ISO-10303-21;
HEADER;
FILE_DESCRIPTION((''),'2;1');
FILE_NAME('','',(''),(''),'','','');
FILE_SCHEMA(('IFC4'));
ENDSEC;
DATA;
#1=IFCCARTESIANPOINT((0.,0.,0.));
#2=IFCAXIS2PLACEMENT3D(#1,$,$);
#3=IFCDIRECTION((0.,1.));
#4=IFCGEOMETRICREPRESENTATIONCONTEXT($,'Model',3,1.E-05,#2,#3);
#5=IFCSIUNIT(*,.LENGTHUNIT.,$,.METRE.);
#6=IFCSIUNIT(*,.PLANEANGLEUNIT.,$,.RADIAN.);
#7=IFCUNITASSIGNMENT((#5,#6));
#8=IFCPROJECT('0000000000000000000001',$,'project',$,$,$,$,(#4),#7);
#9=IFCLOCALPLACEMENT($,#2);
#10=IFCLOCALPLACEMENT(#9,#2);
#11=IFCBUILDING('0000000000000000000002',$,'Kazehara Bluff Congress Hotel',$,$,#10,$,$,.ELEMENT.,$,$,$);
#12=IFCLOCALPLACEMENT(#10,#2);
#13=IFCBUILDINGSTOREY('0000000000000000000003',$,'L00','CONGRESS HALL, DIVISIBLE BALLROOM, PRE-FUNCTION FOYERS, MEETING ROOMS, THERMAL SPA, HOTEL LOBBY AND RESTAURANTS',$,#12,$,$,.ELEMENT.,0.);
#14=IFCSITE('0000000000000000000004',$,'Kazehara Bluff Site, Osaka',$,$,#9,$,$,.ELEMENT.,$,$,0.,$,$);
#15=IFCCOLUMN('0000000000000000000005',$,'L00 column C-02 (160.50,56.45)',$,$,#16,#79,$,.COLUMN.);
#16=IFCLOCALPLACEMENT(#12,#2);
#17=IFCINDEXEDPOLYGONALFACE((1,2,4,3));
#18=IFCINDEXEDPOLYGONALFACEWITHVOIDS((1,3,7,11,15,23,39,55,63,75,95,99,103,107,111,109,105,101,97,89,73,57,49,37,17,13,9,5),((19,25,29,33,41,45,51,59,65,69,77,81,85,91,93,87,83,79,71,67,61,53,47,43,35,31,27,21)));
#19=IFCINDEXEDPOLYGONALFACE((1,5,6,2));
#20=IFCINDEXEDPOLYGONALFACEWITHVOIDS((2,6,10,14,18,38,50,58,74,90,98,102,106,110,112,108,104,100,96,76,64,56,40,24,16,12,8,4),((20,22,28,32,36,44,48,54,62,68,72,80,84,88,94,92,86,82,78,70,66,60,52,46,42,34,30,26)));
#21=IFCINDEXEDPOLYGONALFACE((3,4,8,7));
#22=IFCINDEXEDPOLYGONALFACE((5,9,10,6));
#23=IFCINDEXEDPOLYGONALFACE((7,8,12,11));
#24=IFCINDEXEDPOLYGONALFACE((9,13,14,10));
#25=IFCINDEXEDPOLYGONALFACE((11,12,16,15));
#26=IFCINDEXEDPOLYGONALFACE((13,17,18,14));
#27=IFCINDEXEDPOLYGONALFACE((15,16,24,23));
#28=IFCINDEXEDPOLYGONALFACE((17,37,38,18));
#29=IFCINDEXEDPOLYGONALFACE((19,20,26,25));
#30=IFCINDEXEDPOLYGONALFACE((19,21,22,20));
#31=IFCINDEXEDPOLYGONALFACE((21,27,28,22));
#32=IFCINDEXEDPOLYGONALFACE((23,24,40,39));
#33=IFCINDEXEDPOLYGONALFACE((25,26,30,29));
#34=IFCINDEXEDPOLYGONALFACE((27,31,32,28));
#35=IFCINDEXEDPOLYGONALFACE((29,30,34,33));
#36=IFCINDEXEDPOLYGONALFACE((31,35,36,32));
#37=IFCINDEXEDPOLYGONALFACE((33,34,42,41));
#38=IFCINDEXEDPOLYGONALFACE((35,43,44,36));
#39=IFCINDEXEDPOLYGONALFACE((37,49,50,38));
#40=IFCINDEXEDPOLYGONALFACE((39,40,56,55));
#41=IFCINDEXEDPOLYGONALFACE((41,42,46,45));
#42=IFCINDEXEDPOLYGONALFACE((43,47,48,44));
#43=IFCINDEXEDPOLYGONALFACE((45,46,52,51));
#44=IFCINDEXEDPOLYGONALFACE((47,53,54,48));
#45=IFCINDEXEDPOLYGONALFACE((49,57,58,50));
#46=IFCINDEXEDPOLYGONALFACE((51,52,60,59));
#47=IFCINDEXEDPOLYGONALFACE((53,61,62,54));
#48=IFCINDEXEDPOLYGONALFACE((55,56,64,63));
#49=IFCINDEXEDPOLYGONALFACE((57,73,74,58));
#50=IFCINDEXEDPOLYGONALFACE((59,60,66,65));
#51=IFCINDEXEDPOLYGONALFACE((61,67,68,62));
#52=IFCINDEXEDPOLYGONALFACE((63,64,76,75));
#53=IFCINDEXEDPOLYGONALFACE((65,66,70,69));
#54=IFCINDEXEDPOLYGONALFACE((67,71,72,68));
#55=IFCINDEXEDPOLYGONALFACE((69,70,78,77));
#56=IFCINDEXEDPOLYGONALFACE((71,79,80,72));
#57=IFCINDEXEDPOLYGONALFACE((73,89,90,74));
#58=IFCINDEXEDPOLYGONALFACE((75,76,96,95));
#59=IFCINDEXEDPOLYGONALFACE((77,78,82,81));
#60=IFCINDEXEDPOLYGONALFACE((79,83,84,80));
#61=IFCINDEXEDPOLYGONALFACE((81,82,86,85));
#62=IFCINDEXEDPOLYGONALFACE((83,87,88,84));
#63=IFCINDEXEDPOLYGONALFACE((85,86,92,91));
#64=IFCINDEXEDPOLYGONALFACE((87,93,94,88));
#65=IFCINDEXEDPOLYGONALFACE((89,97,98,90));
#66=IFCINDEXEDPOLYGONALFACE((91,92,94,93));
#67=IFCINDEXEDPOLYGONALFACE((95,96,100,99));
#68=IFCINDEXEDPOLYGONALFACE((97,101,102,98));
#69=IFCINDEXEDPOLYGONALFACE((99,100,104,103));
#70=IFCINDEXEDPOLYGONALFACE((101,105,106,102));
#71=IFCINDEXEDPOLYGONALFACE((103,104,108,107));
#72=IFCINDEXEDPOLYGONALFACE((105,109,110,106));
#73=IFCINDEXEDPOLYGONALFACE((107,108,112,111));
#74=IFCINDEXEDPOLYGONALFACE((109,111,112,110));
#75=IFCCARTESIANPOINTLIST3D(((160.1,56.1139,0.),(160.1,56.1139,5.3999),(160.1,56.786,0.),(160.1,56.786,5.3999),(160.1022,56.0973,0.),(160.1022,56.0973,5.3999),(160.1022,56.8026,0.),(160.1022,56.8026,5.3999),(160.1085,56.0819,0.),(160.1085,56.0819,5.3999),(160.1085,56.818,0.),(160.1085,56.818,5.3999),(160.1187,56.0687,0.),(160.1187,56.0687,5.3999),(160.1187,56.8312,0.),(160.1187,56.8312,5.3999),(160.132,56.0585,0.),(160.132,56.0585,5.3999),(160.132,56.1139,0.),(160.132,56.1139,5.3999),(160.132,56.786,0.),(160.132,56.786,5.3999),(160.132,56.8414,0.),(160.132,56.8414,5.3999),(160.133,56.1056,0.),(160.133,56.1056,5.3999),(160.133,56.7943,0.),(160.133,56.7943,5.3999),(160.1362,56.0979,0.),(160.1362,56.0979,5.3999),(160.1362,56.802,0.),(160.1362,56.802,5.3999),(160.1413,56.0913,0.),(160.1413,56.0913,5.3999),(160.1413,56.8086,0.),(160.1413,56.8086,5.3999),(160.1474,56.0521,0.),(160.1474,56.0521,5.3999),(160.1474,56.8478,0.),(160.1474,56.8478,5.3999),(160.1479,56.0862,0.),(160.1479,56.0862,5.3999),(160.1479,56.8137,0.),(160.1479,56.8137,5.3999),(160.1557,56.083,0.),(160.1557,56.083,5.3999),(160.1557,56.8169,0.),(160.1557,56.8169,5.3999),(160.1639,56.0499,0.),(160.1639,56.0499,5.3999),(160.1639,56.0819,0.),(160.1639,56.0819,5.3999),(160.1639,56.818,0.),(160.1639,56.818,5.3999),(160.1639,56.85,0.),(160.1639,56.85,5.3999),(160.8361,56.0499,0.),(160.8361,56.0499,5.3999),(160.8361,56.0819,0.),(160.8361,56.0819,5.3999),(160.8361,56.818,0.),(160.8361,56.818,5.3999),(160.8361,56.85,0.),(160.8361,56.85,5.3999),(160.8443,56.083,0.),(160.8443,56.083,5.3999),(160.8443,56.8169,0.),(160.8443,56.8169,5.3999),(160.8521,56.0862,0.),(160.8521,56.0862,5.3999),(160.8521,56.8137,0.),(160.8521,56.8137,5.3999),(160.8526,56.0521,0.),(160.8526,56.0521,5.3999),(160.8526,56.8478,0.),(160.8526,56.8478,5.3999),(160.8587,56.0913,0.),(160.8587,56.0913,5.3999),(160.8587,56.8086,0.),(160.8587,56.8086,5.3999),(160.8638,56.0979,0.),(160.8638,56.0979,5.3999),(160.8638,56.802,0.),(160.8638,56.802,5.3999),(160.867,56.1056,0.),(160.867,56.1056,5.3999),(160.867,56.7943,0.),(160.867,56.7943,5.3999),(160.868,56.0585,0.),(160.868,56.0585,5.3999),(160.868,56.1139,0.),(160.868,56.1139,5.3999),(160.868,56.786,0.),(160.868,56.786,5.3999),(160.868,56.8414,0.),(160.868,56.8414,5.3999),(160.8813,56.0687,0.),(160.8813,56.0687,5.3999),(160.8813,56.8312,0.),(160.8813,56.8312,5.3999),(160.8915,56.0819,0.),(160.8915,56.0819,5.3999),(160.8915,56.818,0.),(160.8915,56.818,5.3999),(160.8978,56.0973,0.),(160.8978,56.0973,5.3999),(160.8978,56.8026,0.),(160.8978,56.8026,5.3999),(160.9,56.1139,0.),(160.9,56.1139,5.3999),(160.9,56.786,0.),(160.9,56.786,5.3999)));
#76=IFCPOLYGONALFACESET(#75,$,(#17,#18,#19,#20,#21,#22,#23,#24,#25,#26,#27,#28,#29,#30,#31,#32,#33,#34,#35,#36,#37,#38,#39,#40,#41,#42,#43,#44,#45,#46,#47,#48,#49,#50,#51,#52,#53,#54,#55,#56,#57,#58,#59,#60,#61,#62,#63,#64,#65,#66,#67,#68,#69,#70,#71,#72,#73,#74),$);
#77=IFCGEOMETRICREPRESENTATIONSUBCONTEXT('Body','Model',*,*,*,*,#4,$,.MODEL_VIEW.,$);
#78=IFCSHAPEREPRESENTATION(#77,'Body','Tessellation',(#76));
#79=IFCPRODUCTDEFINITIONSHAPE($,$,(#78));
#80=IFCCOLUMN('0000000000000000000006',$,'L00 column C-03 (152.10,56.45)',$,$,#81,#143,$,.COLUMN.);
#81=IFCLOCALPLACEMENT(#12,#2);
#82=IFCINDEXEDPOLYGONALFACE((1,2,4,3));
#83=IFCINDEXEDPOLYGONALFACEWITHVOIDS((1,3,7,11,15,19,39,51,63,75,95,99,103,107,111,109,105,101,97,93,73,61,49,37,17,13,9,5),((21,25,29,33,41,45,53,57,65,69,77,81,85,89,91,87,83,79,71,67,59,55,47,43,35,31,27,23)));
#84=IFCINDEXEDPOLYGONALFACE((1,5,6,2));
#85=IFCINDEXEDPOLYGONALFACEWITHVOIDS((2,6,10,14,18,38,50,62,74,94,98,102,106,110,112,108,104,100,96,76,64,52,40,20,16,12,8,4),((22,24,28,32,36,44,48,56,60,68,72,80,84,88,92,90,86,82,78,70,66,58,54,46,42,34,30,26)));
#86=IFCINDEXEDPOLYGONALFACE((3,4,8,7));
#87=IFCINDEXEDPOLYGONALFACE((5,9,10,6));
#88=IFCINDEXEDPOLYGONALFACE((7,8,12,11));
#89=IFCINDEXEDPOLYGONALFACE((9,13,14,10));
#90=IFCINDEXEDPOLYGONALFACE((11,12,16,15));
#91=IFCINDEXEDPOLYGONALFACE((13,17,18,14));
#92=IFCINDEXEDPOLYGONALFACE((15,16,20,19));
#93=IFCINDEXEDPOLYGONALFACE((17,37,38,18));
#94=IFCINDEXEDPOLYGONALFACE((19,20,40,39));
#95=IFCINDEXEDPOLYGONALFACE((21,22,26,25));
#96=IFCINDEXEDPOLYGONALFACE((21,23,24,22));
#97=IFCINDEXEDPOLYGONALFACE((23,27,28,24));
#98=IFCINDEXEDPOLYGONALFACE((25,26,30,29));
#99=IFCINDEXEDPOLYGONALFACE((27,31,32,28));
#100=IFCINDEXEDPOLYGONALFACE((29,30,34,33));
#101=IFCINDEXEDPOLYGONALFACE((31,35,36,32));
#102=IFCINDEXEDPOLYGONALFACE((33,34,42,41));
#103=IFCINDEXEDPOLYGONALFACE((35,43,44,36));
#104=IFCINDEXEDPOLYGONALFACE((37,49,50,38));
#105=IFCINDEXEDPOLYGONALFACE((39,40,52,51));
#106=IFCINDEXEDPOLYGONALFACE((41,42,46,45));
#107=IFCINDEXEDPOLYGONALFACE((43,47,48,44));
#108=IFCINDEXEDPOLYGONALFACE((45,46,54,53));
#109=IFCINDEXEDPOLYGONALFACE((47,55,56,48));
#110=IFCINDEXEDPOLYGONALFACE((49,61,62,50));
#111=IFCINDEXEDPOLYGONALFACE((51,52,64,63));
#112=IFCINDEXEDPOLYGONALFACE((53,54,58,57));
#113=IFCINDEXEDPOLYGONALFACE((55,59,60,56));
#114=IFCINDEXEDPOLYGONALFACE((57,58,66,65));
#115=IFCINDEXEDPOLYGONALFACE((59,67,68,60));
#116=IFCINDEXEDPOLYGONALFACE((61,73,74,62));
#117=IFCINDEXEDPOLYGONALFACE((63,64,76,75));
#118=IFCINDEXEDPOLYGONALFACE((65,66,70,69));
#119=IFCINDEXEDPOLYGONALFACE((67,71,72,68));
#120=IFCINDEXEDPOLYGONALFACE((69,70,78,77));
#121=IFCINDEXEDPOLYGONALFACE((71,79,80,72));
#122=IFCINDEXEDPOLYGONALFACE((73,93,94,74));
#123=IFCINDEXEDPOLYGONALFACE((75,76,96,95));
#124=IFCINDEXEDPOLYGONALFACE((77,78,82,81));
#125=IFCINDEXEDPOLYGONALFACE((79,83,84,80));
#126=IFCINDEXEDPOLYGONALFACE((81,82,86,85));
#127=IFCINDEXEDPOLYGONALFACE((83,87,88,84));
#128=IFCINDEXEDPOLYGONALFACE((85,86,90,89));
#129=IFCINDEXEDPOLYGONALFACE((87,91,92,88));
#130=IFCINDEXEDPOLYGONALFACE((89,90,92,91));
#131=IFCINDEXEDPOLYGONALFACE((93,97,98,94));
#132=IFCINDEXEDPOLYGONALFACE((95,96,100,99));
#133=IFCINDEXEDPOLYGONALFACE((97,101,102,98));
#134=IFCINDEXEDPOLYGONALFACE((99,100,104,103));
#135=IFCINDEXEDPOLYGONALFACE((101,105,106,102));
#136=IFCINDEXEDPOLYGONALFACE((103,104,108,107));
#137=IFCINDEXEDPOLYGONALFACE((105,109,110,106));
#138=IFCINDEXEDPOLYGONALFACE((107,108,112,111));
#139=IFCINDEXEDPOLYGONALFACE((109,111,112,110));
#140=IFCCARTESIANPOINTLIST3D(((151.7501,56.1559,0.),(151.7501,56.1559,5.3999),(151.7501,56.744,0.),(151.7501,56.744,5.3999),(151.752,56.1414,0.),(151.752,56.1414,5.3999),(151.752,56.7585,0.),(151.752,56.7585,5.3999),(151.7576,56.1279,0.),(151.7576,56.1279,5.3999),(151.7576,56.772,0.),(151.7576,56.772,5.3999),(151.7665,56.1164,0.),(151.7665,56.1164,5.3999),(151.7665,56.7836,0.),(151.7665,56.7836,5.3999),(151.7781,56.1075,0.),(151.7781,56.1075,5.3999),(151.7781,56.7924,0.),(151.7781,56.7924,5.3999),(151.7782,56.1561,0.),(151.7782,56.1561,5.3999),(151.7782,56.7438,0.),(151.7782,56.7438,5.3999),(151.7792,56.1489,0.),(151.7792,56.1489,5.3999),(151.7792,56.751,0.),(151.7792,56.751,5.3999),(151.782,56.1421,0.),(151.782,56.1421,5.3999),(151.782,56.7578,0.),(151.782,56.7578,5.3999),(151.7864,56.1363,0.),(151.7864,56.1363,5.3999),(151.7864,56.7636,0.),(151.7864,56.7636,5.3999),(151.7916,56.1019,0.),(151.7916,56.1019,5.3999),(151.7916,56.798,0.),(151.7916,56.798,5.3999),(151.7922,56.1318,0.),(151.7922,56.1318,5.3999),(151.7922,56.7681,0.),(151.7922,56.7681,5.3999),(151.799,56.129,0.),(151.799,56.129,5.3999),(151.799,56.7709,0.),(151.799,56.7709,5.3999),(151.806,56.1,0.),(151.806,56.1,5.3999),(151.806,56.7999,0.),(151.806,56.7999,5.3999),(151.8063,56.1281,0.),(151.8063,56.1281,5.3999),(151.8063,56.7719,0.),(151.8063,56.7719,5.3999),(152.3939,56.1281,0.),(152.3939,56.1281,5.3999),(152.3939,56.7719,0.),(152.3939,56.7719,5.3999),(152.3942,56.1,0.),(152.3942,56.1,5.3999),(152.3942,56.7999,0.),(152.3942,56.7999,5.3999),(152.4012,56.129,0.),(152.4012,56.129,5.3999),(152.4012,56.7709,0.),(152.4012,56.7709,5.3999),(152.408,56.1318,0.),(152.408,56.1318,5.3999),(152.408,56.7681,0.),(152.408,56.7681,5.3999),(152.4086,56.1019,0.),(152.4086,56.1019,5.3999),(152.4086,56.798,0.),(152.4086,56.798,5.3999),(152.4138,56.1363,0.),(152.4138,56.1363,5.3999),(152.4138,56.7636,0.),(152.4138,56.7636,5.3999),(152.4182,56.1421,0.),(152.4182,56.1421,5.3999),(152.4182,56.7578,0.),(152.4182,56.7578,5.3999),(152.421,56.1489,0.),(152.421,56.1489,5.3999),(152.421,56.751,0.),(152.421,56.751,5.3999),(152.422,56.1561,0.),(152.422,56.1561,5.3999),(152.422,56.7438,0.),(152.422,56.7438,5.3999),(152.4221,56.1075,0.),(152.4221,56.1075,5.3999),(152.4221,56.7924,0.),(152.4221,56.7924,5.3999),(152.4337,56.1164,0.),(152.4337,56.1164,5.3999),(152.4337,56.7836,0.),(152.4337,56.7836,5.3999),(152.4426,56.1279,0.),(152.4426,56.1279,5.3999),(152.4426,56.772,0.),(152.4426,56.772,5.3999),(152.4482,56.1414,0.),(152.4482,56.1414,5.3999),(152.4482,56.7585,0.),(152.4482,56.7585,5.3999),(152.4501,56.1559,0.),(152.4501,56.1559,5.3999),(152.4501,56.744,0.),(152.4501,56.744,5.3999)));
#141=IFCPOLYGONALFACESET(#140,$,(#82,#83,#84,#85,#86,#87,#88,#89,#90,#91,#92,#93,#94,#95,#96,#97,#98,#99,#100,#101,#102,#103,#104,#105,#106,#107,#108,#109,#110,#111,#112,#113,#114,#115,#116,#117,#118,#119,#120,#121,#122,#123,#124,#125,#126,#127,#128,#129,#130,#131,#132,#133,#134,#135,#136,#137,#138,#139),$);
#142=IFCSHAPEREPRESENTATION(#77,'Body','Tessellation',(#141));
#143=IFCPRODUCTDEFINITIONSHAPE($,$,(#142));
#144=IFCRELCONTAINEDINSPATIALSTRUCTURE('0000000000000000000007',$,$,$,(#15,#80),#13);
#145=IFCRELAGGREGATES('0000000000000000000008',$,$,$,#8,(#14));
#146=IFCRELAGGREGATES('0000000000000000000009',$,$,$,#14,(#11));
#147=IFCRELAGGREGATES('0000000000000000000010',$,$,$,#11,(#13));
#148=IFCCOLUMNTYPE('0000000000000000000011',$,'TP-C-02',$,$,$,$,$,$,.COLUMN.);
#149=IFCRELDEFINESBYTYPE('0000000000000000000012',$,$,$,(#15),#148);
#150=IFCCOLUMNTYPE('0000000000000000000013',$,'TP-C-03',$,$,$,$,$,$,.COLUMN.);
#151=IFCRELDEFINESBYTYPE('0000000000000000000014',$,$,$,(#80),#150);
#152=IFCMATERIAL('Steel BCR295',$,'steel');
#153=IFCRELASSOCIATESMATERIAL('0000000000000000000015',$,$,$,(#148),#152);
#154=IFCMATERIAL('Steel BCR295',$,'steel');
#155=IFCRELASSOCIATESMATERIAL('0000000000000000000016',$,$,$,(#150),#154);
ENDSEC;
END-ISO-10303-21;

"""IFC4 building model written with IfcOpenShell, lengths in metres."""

from ifc_helpers import new_model, si_unit, direction, frame, origin, origin_2d, place, context, subcontext, project, spatial, hollow_rectangle, extrude, material, material_profile, profile_set, type_object, element, save


model = new_model("IFC4")

# Units and contexts
model_context = context("Model", 3, precision=1e-05, world=origin(), true_north=direction((0.0, 1.0)))
body_context = subcontext(model_context, "Body", "Model", "MODEL_VIEW")
ifc_project = project(units=[si_unit("LENGTHUNIT", "METRE"), si_unit("PLANEANGLEUNIT", "RADIAN")], contexts=[model_context])

# Site, building, storey
site_placement = place(None, origin())
site = spatial("IfcSite", under=ifc_project, at=site_placement, Name="Kazehara Bluff Site, Osaka", CompositionType="ELEMENT", RefElevation=0.0)
building_placement = place(site_placement, origin())
building = spatial("IfcBuilding", under=site, at=building_placement, Name="Kazehara Bluff Congress Hotel", CompositionType="ELEMENT")
storey_placement = place(building_placement, origin())
storey = spatial("IfcBuildingStorey", under=building, at=storey_placement, Name="L00", Description="CONGRESS HALL, DIVISIBLE BALLROOM, PRE-FUNCTION FOYERS, MEETING ROOMS, THERMAL SPA, HOTEL LOBBY AND RESTAURANTS", CompositionType="ELEMENT", Elevation=0.0)

# Columns
ifc_material_1 = material(Name="Steel BCR295", Category="steel")
ifc_material_profile_1 = material_profile(ifc_material_1, hollow_rectangle(XDim=0.8, YDim=0.8, WallThickness=0.032, InnerFilletRadius=0.032, OuterFilletRadius=0.064, at=origin_2d()))
ifc_profile_set_1 = profile_set([ifc_material_profile_1], Name="Steel BCR295")
column_type_1 = type_object("IfcColumnType", Name="TP-C-02", PredefinedType="COLUMN", material=ifc_profile_set_1)
column_placement = place(storey_placement, frame((160.5, 56.45, 0.0), z_axis=(0.0, 0.0, 1.0), x_axis=(1.0, 0.0, 0.0)))
element("IfcColumn", 1, at=column_placement, inside=storey, type_object=column_type_1, Name="L00 column C-02 (160.50,56.45)", PredefinedType="COLUMN", context=body_context, shape_type="SweptSolid", body=[
    extrude(hollow_rectangle(XDim=0.8, YDim=0.8, WallThickness=0.032, InnerFilletRadius=0.032, OuterFilletRadius=0.064, at=origin_2d()), origin(), (0.0, 0.0, 1.0), 5.3999),
])
ifc_material_2 = material(Name="Steel BCR295", Category="steel")
ifc_material_profile_2 = material_profile(ifc_material_2, hollow_rectangle(XDim=0.7, YDim=0.7, WallThickness=0.0281, InnerFilletRadius=0.0281, OuterFilletRadius=0.0559, at=origin_2d()))
ifc_profile_set_2 = profile_set([ifc_material_profile_2], Name="Steel BCR295")
column_type_2 = type_object("IfcColumnType", Name="TP-C-03", PredefinedType="COLUMN", material=ifc_profile_set_2)
for number, where, z_axis, x_axis, name in (
    (2, (152.1001, 56.45, 0.0), (0.0, 0.0, 1.0), (1.0, 0.0, 0.0), "L00 column C-03 (152.10,56.45)"),
):
    element("IfcColumn", number, at=place(storey_placement, frame(where, z_axis=z_axis, x_axis=x_axis)), inside=storey, type_object=column_type_2, Name=name, PredefinedType="COLUMN", context=body_context, shape_type="SweptSolid", body=[
        extrude(hollow_rectangle(XDim=0.7, YDim=0.7, WallThickness=0.0281, InnerFilletRadius=0.0281, OuterFilletRadius=0.0559, at=origin_2d()), origin(), (0.0, 0.0, 1.0), 5.3999),
    ])

save(model, "model.ifc")
